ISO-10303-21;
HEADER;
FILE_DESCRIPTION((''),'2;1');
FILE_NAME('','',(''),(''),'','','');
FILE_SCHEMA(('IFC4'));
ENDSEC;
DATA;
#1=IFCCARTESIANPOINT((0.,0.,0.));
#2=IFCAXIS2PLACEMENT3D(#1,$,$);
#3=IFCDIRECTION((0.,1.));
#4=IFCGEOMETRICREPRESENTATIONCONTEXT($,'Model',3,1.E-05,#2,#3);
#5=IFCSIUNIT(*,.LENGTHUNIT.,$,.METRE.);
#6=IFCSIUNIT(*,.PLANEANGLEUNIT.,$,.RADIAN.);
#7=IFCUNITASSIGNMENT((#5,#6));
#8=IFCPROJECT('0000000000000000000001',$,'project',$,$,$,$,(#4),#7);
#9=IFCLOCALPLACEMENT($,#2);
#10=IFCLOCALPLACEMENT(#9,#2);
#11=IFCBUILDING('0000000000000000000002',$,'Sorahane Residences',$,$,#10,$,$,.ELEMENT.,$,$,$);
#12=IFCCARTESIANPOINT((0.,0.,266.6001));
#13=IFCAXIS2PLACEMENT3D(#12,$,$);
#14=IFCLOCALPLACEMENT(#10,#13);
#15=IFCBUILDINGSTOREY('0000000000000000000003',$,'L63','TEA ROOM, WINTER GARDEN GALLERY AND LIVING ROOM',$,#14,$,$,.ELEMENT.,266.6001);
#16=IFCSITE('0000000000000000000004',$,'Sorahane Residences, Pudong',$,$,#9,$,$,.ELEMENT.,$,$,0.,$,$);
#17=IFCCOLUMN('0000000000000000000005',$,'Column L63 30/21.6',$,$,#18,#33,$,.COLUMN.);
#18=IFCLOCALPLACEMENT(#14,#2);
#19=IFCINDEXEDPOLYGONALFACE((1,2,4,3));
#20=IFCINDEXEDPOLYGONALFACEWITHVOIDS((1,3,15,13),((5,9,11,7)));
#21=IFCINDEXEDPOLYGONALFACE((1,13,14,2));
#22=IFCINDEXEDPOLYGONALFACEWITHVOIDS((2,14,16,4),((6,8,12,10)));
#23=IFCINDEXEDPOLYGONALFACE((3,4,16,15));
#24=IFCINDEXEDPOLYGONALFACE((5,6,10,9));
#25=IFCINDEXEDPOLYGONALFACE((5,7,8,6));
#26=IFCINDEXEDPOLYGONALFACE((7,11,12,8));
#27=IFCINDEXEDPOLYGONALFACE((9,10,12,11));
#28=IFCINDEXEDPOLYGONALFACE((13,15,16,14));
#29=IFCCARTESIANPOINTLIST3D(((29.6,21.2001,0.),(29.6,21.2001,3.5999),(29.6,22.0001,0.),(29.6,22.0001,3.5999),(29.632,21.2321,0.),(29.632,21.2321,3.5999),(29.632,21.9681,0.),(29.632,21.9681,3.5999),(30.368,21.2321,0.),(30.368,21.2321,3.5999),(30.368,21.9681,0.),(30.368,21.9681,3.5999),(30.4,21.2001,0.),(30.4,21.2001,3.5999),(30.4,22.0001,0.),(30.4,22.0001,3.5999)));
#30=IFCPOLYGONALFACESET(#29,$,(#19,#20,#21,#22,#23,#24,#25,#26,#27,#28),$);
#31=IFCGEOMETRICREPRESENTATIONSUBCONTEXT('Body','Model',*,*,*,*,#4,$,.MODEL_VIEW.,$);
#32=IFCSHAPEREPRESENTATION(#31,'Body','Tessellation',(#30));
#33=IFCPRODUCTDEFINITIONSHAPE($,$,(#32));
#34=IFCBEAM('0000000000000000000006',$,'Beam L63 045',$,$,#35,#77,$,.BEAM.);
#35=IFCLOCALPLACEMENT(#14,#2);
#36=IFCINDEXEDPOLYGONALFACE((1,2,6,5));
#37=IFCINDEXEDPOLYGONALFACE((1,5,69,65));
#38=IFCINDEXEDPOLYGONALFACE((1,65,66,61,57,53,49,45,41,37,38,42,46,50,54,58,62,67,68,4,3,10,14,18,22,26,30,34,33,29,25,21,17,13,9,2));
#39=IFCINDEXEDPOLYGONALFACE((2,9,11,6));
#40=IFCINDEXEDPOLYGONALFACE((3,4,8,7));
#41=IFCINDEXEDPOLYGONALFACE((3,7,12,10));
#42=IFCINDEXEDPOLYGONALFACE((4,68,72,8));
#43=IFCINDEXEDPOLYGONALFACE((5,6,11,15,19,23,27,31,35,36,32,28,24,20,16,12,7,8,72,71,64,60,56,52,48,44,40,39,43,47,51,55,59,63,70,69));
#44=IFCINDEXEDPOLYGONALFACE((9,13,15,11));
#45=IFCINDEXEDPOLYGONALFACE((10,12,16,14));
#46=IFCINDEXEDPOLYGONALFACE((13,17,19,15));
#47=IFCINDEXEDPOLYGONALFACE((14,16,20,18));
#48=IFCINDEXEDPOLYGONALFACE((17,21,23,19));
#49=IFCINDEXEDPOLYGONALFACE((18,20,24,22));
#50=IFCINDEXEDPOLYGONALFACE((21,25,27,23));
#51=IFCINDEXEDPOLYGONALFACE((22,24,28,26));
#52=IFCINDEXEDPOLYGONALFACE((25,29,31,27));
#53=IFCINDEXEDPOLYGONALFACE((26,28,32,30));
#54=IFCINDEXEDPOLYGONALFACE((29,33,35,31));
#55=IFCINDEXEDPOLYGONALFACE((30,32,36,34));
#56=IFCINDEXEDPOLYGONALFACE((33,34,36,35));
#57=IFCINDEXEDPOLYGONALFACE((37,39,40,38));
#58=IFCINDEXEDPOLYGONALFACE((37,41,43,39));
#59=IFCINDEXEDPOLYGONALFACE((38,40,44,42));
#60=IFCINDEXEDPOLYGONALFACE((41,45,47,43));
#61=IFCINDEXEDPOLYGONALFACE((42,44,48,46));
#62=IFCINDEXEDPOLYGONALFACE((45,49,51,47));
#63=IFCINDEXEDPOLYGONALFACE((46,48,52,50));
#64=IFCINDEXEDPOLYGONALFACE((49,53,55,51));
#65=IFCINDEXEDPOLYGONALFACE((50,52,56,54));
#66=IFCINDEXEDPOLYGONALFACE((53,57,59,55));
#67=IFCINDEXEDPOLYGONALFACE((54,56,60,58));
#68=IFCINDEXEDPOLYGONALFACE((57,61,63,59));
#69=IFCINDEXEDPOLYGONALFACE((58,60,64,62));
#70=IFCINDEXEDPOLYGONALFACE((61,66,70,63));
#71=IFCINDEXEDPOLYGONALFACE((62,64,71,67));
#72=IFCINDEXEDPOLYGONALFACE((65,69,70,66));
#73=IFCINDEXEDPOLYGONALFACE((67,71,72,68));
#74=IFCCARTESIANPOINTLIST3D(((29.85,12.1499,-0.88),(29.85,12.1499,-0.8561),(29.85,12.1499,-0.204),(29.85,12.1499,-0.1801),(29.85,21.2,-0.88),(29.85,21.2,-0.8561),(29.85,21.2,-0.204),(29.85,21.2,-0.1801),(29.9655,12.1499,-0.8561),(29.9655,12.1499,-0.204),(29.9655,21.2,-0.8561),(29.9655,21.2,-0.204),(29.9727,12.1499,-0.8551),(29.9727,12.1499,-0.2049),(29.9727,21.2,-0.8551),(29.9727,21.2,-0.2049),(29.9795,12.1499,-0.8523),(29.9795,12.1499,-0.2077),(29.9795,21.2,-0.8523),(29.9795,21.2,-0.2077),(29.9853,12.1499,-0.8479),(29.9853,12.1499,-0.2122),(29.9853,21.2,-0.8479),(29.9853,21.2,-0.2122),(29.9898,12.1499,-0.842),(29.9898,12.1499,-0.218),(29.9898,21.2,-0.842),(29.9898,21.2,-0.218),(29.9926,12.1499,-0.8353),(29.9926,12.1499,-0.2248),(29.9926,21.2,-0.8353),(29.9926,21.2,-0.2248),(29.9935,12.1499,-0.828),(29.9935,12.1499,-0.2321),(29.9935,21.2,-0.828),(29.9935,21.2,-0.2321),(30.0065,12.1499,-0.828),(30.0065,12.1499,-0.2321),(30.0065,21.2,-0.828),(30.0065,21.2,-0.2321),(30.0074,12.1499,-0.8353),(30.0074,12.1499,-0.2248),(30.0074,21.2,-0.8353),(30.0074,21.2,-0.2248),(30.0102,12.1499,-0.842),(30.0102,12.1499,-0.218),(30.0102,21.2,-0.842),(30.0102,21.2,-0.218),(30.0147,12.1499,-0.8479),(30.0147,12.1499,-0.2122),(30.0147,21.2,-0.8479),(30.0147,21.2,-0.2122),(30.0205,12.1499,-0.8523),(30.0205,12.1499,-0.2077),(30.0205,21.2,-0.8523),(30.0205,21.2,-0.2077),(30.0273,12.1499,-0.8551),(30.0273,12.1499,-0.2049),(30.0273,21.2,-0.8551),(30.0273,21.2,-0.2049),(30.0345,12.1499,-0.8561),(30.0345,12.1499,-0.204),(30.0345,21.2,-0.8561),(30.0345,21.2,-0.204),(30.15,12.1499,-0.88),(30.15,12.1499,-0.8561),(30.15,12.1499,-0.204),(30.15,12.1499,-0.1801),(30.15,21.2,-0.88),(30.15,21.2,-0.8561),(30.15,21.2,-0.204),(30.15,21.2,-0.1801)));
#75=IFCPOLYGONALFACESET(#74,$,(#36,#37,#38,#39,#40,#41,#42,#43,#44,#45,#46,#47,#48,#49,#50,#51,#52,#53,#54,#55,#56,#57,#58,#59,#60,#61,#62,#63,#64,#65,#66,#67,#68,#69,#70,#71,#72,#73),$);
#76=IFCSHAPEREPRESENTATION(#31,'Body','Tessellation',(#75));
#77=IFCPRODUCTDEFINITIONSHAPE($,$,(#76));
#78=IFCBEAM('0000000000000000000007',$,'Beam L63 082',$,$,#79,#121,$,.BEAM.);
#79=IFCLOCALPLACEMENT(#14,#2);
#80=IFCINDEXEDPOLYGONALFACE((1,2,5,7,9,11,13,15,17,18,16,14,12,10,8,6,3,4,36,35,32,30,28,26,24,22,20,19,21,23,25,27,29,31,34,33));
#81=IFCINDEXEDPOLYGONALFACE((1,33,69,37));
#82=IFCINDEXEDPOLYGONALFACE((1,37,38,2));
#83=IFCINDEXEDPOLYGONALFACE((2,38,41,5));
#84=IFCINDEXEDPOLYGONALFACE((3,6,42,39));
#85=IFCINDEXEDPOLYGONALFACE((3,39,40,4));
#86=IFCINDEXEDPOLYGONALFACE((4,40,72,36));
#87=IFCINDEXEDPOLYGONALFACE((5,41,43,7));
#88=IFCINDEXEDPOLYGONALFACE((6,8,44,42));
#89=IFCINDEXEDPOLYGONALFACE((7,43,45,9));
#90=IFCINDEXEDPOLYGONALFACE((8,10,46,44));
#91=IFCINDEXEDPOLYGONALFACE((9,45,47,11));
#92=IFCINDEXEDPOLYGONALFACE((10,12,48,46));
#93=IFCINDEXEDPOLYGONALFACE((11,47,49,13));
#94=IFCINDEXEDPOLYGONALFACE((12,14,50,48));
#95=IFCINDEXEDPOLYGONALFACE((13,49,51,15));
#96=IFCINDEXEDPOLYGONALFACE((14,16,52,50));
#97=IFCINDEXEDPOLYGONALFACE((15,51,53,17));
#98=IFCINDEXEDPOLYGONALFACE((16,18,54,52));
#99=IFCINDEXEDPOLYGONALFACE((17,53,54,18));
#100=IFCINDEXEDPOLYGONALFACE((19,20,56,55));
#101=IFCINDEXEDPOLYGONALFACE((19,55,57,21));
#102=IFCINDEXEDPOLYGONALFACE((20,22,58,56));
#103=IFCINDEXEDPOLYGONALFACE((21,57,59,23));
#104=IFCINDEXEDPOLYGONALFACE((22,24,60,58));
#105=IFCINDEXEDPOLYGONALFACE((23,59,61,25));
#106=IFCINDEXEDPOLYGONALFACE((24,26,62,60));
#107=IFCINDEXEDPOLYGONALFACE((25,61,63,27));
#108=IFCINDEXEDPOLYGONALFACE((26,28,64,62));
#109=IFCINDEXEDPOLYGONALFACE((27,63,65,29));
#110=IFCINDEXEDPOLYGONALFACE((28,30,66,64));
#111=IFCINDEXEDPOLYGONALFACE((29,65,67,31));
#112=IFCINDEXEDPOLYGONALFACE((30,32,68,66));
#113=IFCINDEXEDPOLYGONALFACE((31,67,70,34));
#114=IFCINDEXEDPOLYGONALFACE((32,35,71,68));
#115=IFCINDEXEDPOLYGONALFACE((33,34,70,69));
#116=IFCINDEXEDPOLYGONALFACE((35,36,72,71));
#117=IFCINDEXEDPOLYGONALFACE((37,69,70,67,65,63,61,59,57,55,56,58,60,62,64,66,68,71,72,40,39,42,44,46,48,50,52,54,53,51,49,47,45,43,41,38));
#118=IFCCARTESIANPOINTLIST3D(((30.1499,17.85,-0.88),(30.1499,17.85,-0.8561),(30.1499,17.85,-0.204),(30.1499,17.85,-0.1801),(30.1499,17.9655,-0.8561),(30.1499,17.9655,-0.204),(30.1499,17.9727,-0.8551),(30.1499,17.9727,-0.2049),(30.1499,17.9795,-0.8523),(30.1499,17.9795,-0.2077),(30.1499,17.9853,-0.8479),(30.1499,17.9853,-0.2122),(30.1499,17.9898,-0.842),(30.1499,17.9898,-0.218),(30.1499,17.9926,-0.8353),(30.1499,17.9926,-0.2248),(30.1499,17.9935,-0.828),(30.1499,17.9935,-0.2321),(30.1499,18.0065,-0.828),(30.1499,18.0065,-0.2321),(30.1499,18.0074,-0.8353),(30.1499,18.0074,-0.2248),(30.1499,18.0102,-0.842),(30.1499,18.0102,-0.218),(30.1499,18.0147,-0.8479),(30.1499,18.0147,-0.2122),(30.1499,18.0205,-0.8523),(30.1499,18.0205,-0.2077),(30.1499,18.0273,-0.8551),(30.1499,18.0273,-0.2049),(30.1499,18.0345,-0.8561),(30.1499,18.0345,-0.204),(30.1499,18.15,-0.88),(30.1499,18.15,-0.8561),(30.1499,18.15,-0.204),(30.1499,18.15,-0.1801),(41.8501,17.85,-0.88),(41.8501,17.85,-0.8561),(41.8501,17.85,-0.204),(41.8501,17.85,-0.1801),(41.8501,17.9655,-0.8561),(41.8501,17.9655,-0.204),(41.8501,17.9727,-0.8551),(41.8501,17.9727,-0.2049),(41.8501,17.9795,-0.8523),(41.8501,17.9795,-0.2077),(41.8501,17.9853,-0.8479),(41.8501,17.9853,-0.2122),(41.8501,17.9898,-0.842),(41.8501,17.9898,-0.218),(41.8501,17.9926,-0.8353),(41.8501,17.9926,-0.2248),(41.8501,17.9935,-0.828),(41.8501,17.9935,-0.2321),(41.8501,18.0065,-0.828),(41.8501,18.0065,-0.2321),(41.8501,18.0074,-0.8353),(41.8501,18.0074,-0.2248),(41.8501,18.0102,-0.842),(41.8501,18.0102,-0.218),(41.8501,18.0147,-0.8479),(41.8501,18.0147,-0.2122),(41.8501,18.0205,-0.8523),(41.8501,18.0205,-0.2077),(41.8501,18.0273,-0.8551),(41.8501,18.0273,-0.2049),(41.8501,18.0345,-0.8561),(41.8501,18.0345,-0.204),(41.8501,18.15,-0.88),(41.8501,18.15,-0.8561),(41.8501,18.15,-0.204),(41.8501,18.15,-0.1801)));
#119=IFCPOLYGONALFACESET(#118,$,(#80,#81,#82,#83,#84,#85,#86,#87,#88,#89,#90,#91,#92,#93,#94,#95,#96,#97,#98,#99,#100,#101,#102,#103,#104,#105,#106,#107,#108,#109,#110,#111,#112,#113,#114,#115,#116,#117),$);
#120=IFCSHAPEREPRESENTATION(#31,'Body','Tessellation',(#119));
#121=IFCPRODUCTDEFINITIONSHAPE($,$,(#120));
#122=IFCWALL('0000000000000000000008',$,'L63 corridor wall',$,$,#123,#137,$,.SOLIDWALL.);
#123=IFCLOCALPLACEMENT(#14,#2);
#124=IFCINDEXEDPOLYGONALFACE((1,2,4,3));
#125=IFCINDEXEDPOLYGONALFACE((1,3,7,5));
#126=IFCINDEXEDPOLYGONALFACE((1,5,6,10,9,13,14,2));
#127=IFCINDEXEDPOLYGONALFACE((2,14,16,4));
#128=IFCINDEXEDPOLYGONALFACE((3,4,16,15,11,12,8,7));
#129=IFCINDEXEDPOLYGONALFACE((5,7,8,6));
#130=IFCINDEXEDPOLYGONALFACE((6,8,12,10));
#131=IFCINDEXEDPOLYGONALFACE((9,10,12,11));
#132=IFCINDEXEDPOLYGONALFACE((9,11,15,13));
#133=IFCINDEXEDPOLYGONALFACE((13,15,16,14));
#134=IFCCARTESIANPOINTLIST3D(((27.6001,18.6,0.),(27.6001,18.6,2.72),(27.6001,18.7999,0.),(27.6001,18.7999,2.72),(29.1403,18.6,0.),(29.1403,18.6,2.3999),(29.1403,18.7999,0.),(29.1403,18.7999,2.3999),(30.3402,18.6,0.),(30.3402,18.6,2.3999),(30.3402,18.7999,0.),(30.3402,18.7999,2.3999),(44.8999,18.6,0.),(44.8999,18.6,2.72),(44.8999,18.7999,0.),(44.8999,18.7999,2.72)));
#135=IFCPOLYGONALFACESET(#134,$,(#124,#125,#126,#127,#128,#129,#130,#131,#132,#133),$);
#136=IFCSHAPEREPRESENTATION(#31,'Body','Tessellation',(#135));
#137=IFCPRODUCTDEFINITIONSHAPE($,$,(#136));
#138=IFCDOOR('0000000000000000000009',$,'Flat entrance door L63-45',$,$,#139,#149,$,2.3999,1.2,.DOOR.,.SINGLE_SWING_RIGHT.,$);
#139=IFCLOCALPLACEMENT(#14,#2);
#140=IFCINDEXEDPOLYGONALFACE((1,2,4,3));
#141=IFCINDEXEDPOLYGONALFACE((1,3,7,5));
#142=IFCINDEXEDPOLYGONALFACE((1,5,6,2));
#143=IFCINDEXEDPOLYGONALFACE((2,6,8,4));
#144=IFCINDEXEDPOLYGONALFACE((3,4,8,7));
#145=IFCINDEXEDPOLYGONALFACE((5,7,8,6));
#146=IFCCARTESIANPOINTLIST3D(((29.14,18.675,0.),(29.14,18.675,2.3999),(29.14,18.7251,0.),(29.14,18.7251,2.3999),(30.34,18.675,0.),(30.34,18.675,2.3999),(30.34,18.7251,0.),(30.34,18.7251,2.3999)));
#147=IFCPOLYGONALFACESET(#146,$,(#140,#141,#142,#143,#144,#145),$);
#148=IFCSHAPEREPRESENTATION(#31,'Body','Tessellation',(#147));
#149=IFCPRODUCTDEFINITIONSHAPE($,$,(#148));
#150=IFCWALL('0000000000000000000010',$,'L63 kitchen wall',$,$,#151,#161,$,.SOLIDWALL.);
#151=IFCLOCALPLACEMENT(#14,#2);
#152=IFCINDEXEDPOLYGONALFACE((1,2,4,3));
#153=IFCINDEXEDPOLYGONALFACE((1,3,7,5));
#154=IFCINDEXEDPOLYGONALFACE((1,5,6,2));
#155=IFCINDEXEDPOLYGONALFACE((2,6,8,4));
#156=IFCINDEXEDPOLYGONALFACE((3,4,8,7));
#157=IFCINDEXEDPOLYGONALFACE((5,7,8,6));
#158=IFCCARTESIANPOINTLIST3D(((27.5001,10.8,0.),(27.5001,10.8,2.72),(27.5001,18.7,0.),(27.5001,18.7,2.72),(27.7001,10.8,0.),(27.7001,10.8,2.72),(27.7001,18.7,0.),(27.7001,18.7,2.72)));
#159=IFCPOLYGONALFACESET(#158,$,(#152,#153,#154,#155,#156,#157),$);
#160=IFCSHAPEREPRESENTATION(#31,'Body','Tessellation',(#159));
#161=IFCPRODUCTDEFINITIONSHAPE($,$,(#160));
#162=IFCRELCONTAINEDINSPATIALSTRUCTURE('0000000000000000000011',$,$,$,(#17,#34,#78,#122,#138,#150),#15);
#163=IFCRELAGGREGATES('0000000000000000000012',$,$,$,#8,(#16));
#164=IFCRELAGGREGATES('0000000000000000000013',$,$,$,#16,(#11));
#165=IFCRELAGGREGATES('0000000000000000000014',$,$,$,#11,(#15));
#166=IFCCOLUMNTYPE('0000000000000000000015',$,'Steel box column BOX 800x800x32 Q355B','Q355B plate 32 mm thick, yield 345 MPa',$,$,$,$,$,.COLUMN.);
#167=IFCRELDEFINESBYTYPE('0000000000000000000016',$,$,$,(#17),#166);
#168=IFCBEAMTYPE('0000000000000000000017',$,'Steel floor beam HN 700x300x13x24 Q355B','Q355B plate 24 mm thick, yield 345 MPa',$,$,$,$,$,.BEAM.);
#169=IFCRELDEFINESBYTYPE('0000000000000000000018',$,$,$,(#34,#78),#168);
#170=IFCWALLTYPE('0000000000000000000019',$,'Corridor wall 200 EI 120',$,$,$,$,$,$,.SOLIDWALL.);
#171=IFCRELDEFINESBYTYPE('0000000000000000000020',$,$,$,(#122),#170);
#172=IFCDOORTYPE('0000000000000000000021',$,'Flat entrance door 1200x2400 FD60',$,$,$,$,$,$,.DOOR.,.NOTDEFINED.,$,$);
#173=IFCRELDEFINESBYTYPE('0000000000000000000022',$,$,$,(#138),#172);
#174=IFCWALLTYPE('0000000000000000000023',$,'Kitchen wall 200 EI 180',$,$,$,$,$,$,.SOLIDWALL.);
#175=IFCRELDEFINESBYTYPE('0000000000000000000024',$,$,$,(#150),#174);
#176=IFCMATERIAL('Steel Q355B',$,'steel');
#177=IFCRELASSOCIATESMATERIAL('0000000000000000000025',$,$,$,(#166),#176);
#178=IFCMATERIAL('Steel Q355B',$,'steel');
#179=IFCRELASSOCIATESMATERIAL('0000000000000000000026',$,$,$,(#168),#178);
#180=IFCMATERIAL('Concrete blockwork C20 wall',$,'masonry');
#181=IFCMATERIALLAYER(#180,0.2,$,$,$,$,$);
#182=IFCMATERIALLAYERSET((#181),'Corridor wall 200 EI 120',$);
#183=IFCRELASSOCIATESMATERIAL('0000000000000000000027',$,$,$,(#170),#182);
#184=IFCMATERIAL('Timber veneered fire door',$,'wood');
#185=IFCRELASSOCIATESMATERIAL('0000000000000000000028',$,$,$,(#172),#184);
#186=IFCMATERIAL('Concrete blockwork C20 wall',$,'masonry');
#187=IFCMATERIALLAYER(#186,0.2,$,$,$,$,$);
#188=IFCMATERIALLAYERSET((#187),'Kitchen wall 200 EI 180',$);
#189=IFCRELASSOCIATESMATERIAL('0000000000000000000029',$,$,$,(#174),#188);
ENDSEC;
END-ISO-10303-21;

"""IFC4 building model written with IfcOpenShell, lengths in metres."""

from ifc_helpers import new_model, si_unit, direction, frame, frame_2d, origin, origin_2d, place, context, subcontext, project, spatial, rectangle, hollow_rectangle, i_section, extrude, material, layer, layer_set, material_profile, profile_set, type_object, element, fill, save


model = new_model("IFC4")

# Units and contexts
model_context = context("Model", 3, precision=1e-05, world=origin(), true_north=direction((0.0, 1.0)))
body_context = subcontext(model_context, "Body", "Model", "MODEL_VIEW")
ifc_project = project(units=[si_unit("LENGTHUNIT", "METRE"), si_unit("PLANEANGLEUNIT", "RADIAN")], contexts=[model_context])

# Site, building, storey
site_placement = place(None, origin())
site = spatial("IfcSite", under=ifc_project, at=site_placement, Name="Sorahane Residences, Pudong", CompositionType="ELEMENT", RefElevation=0.0)
building_placement = place(site_placement, origin())
building = spatial("IfcBuilding", under=site, at=building_placement, Name="Sorahane Residences", CompositionType="ELEMENT")
storey_placement = place(building_placement, frame((0.0, 0.0, 266.6001)))
storey = spatial("IfcBuildingStorey", under=building, at=storey_placement, Name="L63", Description="TEA ROOM, WINTER GARDEN GALLERY AND LIVING ROOM", CompositionType="ELEMENT", Elevation=266.6001)

# Column
ifc_material_1 = material(Name="Steel Q355B", Category="steel")
ifc_material_profile_1 = material_profile(ifc_material_1, hollow_rectangle(XDim=0.8, YDim=0.8, WallThickness=0.032, at=origin_2d()), Name="BOX 800x800x32")
ifc_profile_set_1 = profile_set([ifc_material_profile_1], Name="Steel Q355B")
column_type = type_object("IfcColumnType", Name="Steel box column BOX 800x800x32 Q355B", Description="Q355B plate 32 mm thick, yield 345 MPa", PredefinedType="COLUMN", material=ifc_profile_set_1)
column_placement = place(storey_placement, frame((30.0, 21.6001, 0.0), z_axis=(0.0, 0.0, 1.0), x_axis=(1.0, 0.0, 0.0)))
element("IfcColumn", 1, at=column_placement, inside=storey, type_object=column_type, Name="Column L63 30/21.6", PredefinedType="COLUMN", context=body_context, shape_type="SweptSolid", body=[
    extrude(hollow_rectangle(XDim=0.8, YDim=0.8, WallThickness=0.032, at=origin_2d()), origin(), (0.0, 0.0, 1.0), 3.5999),
])

# Beams
ifc_material_2 = material(Name="Steel Q355B", Category="steel")
ifc_material_profile_2 = material_profile(ifc_material_2, i_section(OverallWidth=0.3, OverallDepth=0.7, WebThickness=0.0129, FlangeThickness=0.0239, FilletRadius=0.0281, at=origin_2d()), Name="HN 700x300x13x24")
ifc_profile_set_2 = profile_set([ifc_material_profile_2], Name="Steel Q355B")
beam_type = type_object("IfcBeamType", Name="Steel floor beam HN 700x300x13x24 Q355B", Description="Q355B plate 24 mm thick, yield 345 MPa", PredefinedType="BEAM", material=ifc_profile_set_2)
beam_1_placement = place(storey_placement, frame((30.0, 12.1499, -0.53), z_axis=(0.0, 1.0, 0.0), x_axis=(-1.0, 0.0, 0.0)))
element("IfcBeam", 2, at=beam_1_placement, inside=storey, type_object=beam_type, Name="Beam L63 045", PredefinedType="BEAM", context=body_context, shape_type="SweptSolid", body=[
    extrude(i_section(OverallWidth=0.3, OverallDepth=0.7, WebThickness=0.0129, FlangeThickness=0.0239, FilletRadius=0.0281, at=origin_2d()), origin(), (0.0, 0.0, 1.0), 9.05),
])
beam_2_placement = place(storey_placement, frame((30.1499, 18.0, -0.53), z_axis=(1.0, 0.0, 0.0), x_axis=(0.0, 1.0, 0.0)))
element("IfcBeam", 3, at=beam_2_placement, inside=storey, type_object=beam_type, Name="Beam L63 082", PredefinedType="BEAM", context=body_context, shape_type="SweptSolid", body=[
    extrude(i_section(OverallWidth=0.3, OverallDepth=0.7, WebThickness=0.0129, FlangeThickness=0.0239, FilletRadius=0.0281, at=origin_2d()), origin(), (0.0, 0.0, 1.0), 11.7002),
])

# Wall, opening, door
ifc_material_3 = material(Name="Concrete blockwork C20 wall", Category="masonry")
ifc_layer_1 = layer(ifc_material_3, 0.2)
ifc_layer_set_1 = layer_set([ifc_layer_1], Name="Corridor wall 200 EI 120")
wall_type_1 = type_object("IfcWallType", Name="Corridor wall 200 EI 120", PredefinedType="SOLIDWALL", material=ifc_layer_set_1)
wall_1_placement = place(storey_placement, frame((27.6001, 18.7, 0.0), z_axis=(0.0, 0.0, 1.0), x_axis=(1.0, 0.0, 0.0)))
wall_1 = element("IfcWall", 4, at=wall_1_placement, inside=storey, type_object=wall_type_1, Name="L63 corridor wall", PredefinedType="SOLIDWALL", context=body_context, shape_type="SweptSolid", body=[
    extrude(rectangle(XDim=17.2998, YDim=0.2, at=frame_2d((8.6499, 0.0))), origin(), (0.0, 0.0, 1.0), 2.72),
])
opening_1_placement = place(wall_1_placement, frame((1.54, 0.0, 0.0)))
opening_1 = element("IfcOpeningElement", 5, at=opening_1_placement, cuts=wall_1, PredefinedType="OPENING", context=body_context, shape_type="SweptSolid", body=[
    extrude(rectangle(XDim=1.2, YDim=2.3999, at=frame_2d((0.6001, 1.2))), frame((0.0, 0.1099, 0.0), z_axis=(0.0, -1.0, 0.0), x_axis=(1.0, 0.0, 0.0)), (0.0, 0.0, 1.0), 0.22),
])
ifc_material_4 = material(Name="Timber veneered fire door", Category="wood")
door_type_1 = type_object("IfcDoorType", Name="Flat entrance door 1200x2400 FD60", OperationType="NOTDEFINED", PredefinedType="DOOR", material=ifc_material_4)
door_1_placement = place(opening_1_placement, frame((1.2, 0.0, 0.0), z_axis=(0.0, 0.0, 1.0), x_axis=(-1.0, 0.0, 0.0)))
door_1 = element("IfcDoor", 6, at=door_1_placement, inside=storey, type_object=door_type_1, Name="Flat entrance door L63-45", OperationType="SINGLE_SWING_RIGHT", OverallHeight=2.3999, OverallWidth=1.2, PredefinedType="DOOR", context=body_context, shape_type="SweptSolid", body=[
    extrude(rectangle(XDim=1.2, YDim=2.3999, at=frame_2d((0.6001, 1.2))), frame((0.0, 0.0249, 0.0), z_axis=(0.0, -1.0, 0.0), x_axis=(1.0, 0.0, 0.0)), (0.0, 0.0, 1.0), 0.05),
])
fill(opening_1, door_1)

# Wall
ifc_material_5 = material(Name="Concrete blockwork C20 wall", Category="masonry")
ifc_layer_2 = layer(ifc_material_5, 0.2)
ifc_layer_set_2 = layer_set([ifc_layer_2], Name="Kitchen wall 200 EI 180")
wall_type_2 = type_object("IfcWallType", Name="Kitchen wall 200 EI 180", PredefinedType="SOLIDWALL", material=ifc_layer_set_2)
wall_2_placement = place(storey_placement, frame((27.6001, 10.8, 0.0), z_axis=(0.0, 0.0, 1.0), x_axis=(0.0, 1.0, 0.0)))
element("IfcWall", 7, at=wall_2_placement, inside=storey, type_object=wall_type_2, Name="L63 kitchen wall", PredefinedType="SOLIDWALL", context=body_context, shape_type="SweptSolid", body=[
    extrude(rectangle(XDim=7.8999, YDim=0.2, at=frame_2d((3.95, 0.0))), origin(), (0.0, 0.0, 1.0), 2.72),
])

save(model, "model.ifc")
